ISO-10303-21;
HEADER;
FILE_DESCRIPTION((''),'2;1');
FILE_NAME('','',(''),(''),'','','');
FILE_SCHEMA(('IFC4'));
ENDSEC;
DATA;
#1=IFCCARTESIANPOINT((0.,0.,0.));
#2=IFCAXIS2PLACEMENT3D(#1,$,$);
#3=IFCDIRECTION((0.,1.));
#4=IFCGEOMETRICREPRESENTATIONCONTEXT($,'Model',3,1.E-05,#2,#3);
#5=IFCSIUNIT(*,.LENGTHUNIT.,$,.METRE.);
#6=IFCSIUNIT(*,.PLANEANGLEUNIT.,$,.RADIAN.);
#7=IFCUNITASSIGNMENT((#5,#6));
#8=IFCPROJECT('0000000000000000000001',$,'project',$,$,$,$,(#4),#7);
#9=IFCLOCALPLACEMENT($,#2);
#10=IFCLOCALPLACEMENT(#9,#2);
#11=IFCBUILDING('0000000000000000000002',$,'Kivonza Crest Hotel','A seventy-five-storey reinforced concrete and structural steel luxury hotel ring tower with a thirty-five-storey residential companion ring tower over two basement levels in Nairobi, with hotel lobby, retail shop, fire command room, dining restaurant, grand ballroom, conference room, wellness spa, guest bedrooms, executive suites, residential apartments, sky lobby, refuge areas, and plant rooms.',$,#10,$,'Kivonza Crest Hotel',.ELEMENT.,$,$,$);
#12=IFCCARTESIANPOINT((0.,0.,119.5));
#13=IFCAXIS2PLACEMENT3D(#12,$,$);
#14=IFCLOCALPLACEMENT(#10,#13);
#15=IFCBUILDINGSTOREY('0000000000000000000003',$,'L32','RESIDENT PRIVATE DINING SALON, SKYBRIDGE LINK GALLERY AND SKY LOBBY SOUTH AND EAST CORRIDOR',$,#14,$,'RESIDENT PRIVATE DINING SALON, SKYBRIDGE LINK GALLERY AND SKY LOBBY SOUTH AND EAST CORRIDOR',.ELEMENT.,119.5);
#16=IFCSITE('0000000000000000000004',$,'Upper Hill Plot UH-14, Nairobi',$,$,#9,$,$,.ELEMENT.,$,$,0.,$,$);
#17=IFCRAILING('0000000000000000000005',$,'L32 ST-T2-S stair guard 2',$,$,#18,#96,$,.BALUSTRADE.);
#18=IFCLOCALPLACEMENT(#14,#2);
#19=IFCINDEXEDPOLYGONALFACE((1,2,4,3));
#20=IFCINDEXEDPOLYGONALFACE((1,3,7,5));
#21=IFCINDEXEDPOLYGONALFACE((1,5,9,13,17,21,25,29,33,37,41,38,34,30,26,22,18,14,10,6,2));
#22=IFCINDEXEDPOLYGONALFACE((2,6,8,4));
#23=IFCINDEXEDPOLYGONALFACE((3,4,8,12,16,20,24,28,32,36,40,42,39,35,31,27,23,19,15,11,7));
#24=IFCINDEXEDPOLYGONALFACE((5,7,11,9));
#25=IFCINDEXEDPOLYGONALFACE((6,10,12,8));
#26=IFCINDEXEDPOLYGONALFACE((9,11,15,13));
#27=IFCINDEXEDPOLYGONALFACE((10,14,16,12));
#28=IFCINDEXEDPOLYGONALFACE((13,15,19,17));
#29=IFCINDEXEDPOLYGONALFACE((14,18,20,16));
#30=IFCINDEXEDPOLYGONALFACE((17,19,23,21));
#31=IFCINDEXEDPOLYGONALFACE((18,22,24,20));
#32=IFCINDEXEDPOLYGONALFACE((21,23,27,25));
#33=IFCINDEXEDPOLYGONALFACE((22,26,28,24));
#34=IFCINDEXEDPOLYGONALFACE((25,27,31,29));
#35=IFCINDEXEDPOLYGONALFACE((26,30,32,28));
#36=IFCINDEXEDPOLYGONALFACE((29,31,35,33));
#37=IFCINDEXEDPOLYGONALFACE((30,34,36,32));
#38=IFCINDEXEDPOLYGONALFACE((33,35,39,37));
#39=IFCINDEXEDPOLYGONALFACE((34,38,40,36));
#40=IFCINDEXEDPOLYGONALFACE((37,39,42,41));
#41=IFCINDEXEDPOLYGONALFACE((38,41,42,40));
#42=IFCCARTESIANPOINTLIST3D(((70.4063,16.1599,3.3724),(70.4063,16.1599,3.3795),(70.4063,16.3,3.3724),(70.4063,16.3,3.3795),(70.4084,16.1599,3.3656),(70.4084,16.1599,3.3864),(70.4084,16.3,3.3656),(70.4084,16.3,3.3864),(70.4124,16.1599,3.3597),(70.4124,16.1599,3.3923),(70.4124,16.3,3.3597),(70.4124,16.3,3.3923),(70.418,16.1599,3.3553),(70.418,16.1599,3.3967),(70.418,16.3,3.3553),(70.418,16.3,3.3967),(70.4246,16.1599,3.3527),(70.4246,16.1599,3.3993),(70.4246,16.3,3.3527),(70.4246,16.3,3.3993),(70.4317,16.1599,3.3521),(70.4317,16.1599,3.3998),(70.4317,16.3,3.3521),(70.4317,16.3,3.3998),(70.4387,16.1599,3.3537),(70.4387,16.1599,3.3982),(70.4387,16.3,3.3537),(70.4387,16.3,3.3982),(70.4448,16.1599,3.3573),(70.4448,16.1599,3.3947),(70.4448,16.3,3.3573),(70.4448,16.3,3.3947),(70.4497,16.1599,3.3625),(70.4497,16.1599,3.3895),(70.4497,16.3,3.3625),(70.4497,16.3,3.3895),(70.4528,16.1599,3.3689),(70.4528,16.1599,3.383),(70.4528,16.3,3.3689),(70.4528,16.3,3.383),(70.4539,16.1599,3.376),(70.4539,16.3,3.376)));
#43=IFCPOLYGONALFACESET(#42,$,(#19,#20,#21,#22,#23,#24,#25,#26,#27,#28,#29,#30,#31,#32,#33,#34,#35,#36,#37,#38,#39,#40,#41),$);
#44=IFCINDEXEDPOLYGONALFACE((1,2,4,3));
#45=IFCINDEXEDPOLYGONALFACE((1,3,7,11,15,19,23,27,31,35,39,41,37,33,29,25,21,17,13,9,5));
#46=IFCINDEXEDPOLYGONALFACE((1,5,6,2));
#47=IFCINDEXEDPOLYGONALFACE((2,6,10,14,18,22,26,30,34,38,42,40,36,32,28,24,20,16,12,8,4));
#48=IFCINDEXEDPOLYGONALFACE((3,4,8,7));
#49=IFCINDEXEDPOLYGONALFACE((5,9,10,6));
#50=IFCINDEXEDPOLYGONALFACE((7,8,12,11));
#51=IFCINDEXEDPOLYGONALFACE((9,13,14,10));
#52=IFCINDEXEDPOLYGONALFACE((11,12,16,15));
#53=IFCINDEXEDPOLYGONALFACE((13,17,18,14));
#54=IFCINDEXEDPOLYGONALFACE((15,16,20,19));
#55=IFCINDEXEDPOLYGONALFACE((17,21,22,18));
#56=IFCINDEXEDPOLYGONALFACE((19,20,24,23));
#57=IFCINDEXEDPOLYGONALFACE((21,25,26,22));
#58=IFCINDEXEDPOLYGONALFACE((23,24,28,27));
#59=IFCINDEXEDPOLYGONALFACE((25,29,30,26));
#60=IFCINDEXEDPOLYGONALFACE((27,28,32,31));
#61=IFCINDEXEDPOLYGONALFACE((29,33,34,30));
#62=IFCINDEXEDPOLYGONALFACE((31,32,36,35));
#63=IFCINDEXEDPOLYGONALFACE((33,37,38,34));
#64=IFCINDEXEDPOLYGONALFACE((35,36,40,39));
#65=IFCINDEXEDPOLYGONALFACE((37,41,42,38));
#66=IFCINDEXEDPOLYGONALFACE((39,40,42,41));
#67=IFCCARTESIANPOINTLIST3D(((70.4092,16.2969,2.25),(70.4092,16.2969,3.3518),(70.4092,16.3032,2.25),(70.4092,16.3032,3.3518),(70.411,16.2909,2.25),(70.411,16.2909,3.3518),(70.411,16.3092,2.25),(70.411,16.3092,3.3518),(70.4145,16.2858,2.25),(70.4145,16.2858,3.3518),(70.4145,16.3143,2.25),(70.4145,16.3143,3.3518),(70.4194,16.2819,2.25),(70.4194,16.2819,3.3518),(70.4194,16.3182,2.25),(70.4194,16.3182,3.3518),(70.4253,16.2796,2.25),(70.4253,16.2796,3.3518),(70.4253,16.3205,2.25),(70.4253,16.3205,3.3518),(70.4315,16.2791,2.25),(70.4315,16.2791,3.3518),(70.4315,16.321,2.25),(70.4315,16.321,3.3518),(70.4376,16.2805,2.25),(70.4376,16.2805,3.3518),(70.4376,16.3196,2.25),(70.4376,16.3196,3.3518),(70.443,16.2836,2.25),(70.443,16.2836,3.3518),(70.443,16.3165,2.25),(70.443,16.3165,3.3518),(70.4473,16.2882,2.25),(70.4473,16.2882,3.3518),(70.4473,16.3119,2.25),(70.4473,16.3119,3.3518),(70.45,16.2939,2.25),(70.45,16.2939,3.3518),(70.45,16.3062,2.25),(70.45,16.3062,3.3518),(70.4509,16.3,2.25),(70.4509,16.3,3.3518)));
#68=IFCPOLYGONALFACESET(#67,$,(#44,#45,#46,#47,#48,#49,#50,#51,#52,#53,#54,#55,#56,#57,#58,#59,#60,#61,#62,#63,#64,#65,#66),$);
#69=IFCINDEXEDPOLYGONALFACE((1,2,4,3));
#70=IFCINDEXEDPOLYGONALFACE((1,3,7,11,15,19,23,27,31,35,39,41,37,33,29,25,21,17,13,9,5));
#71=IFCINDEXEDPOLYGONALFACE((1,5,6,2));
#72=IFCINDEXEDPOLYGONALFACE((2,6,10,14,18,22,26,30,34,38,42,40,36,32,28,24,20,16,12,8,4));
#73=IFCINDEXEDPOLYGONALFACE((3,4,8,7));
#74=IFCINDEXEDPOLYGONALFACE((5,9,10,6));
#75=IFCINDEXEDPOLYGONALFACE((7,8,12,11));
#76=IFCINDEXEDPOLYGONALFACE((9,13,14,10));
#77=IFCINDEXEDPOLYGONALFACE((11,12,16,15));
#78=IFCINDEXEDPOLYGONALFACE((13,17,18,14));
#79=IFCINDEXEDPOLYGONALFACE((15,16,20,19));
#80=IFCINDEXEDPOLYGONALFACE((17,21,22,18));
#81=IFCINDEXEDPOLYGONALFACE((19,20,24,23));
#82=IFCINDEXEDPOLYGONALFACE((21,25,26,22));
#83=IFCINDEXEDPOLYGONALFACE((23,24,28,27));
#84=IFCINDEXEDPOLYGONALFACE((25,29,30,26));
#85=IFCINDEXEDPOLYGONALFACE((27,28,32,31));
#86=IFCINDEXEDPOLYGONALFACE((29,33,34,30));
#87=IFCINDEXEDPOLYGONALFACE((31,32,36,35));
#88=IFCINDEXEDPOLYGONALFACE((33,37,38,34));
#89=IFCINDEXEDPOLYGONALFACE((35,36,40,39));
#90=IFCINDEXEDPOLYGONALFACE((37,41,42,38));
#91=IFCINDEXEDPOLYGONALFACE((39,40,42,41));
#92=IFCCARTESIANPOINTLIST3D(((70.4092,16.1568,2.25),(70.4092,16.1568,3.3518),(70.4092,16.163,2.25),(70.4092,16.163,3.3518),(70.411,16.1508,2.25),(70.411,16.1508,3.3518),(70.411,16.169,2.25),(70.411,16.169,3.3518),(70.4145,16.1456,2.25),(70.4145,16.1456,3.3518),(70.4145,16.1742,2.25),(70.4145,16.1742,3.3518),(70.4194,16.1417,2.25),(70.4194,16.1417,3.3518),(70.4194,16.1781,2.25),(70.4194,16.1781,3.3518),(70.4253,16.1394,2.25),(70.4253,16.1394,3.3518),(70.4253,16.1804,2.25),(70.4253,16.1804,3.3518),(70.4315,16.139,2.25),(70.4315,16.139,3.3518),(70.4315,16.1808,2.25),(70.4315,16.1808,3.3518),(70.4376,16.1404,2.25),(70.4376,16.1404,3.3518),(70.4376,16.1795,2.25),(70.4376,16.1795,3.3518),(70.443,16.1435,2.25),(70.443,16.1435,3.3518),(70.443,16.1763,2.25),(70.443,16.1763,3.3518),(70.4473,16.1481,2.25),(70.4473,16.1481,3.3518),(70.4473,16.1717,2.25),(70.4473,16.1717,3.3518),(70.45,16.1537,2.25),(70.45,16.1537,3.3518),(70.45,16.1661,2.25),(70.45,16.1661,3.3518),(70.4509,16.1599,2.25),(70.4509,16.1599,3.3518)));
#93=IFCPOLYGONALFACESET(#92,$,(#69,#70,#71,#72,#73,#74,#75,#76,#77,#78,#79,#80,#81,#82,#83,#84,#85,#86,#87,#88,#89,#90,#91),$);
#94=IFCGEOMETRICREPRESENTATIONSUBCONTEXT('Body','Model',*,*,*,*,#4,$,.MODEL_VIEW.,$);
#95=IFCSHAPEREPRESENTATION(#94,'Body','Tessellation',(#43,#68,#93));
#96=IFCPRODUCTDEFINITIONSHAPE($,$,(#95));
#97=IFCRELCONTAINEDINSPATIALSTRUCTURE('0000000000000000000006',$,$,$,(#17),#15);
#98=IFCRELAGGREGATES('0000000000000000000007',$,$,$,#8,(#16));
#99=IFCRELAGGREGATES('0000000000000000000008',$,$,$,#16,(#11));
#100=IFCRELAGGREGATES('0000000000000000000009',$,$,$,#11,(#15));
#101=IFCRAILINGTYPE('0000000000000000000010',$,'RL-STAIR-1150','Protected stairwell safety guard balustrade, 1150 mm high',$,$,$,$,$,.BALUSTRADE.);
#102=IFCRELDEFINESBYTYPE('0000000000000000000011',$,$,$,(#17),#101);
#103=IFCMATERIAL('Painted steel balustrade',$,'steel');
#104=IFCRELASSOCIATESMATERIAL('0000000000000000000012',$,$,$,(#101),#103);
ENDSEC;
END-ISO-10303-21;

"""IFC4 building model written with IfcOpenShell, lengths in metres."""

from ifc_helpers import new_model, si_unit, direction, frame, origin, origin_2d, place, context, subcontext, project, spatial, circle, extrude, material, type_object, element, save


model = new_model("IFC4")

# Units and contexts
model_context = context("Model", 3, precision=1e-05, world=origin(), true_north=direction((0.0, 1.0)))
body_context = subcontext(model_context, "Body", "Model", "MODEL_VIEW")
ifc_project = project(units=[si_unit("LENGTHUNIT", "METRE"), si_unit("PLANEANGLEUNIT", "RADIAN")], contexts=[model_context])

# Site, building, storey
site_placement = place(None, origin())
site = spatial("IfcSite", under=ifc_project, at=site_placement, Name="Upper Hill Plot UH-14, Nairobi", CompositionType="ELEMENT", RefElevation=0.0)
building_placement = place(site_placement, origin())
building = spatial("IfcBuilding", under=site, at=building_placement, Name="Kivonza Crest Hotel", Description="A seventy-five-storey reinforced concrete and structural steel luxury hotel ring tower with a thirty-five-storey residential companion ring tower over two basement levels in Nairobi, with hotel lobby, retail shop, fire command room, dining restaurant, grand ballroom, conference room, wellness spa, guest bedrooms, executive suites, residential apartments, sky lobby, refuge areas, and plant rooms.", LongName="Kivonza Crest Hotel", CompositionType="ELEMENT")
storey_placement = place(building_placement, frame((0.0, 0.0, 119.5)))
storey = spatial("IfcBuildingStorey", under=building, at=storey_placement, Name="L32", Description="RESIDENT PRIVATE DINING SALON, SKYBRIDGE LINK GALLERY AND SKY LOBBY SOUTH AND EAST CORRIDOR", LongName="RESIDENT PRIVATE DINING SALON, SKYBRIDGE LINK GALLERY AND SKY LOBBY SOUTH AND EAST CORRIDOR", CompositionType="ELEMENT", Elevation=119.5)

# Railing
ifc_material_1 = material(Name="Painted steel balustrade", Category="steel")
railing_type_1 = type_object("IfcRailingType", Name="RL-STAIR-1150", Description="Protected stairwell safety guard balustrade, 1150 mm high", PredefinedType="BALUSTRADE", material=ifc_material_1)
railing_1_placement = place(storey_placement, frame((70.4299, 16.3, 2.25)))
element("IfcRailing", 1, at=railing_1_placement, inside=storey, type_object=railing_type_1, Name="L32 ST-T2-S stair guard 2", PredefinedType="BALUSTRADE", context=body_context, shape_type="SweptSolid", body=[
    extrude(circle(Radius=0.0239, at=origin_2d()), frame((0.0, 0.0, 1.126), z_axis=(0.0, -1.0, 0.0), x_axis=(1.0, 0.0, 0.0)), (0.0, 0.0, 1.0), 0.1401),
    extrude(circle(Radius=0.021, at=origin_2d()), origin(), (0.0, 0.0, 1.0), 1.1018),
    extrude(circle(Radius=0.021, at=origin_2d()), frame((0.0, -0.1401, 0.0)), (0.0, 0.0, 1.0), 1.1018),
])

save(model, "model.ifc")
